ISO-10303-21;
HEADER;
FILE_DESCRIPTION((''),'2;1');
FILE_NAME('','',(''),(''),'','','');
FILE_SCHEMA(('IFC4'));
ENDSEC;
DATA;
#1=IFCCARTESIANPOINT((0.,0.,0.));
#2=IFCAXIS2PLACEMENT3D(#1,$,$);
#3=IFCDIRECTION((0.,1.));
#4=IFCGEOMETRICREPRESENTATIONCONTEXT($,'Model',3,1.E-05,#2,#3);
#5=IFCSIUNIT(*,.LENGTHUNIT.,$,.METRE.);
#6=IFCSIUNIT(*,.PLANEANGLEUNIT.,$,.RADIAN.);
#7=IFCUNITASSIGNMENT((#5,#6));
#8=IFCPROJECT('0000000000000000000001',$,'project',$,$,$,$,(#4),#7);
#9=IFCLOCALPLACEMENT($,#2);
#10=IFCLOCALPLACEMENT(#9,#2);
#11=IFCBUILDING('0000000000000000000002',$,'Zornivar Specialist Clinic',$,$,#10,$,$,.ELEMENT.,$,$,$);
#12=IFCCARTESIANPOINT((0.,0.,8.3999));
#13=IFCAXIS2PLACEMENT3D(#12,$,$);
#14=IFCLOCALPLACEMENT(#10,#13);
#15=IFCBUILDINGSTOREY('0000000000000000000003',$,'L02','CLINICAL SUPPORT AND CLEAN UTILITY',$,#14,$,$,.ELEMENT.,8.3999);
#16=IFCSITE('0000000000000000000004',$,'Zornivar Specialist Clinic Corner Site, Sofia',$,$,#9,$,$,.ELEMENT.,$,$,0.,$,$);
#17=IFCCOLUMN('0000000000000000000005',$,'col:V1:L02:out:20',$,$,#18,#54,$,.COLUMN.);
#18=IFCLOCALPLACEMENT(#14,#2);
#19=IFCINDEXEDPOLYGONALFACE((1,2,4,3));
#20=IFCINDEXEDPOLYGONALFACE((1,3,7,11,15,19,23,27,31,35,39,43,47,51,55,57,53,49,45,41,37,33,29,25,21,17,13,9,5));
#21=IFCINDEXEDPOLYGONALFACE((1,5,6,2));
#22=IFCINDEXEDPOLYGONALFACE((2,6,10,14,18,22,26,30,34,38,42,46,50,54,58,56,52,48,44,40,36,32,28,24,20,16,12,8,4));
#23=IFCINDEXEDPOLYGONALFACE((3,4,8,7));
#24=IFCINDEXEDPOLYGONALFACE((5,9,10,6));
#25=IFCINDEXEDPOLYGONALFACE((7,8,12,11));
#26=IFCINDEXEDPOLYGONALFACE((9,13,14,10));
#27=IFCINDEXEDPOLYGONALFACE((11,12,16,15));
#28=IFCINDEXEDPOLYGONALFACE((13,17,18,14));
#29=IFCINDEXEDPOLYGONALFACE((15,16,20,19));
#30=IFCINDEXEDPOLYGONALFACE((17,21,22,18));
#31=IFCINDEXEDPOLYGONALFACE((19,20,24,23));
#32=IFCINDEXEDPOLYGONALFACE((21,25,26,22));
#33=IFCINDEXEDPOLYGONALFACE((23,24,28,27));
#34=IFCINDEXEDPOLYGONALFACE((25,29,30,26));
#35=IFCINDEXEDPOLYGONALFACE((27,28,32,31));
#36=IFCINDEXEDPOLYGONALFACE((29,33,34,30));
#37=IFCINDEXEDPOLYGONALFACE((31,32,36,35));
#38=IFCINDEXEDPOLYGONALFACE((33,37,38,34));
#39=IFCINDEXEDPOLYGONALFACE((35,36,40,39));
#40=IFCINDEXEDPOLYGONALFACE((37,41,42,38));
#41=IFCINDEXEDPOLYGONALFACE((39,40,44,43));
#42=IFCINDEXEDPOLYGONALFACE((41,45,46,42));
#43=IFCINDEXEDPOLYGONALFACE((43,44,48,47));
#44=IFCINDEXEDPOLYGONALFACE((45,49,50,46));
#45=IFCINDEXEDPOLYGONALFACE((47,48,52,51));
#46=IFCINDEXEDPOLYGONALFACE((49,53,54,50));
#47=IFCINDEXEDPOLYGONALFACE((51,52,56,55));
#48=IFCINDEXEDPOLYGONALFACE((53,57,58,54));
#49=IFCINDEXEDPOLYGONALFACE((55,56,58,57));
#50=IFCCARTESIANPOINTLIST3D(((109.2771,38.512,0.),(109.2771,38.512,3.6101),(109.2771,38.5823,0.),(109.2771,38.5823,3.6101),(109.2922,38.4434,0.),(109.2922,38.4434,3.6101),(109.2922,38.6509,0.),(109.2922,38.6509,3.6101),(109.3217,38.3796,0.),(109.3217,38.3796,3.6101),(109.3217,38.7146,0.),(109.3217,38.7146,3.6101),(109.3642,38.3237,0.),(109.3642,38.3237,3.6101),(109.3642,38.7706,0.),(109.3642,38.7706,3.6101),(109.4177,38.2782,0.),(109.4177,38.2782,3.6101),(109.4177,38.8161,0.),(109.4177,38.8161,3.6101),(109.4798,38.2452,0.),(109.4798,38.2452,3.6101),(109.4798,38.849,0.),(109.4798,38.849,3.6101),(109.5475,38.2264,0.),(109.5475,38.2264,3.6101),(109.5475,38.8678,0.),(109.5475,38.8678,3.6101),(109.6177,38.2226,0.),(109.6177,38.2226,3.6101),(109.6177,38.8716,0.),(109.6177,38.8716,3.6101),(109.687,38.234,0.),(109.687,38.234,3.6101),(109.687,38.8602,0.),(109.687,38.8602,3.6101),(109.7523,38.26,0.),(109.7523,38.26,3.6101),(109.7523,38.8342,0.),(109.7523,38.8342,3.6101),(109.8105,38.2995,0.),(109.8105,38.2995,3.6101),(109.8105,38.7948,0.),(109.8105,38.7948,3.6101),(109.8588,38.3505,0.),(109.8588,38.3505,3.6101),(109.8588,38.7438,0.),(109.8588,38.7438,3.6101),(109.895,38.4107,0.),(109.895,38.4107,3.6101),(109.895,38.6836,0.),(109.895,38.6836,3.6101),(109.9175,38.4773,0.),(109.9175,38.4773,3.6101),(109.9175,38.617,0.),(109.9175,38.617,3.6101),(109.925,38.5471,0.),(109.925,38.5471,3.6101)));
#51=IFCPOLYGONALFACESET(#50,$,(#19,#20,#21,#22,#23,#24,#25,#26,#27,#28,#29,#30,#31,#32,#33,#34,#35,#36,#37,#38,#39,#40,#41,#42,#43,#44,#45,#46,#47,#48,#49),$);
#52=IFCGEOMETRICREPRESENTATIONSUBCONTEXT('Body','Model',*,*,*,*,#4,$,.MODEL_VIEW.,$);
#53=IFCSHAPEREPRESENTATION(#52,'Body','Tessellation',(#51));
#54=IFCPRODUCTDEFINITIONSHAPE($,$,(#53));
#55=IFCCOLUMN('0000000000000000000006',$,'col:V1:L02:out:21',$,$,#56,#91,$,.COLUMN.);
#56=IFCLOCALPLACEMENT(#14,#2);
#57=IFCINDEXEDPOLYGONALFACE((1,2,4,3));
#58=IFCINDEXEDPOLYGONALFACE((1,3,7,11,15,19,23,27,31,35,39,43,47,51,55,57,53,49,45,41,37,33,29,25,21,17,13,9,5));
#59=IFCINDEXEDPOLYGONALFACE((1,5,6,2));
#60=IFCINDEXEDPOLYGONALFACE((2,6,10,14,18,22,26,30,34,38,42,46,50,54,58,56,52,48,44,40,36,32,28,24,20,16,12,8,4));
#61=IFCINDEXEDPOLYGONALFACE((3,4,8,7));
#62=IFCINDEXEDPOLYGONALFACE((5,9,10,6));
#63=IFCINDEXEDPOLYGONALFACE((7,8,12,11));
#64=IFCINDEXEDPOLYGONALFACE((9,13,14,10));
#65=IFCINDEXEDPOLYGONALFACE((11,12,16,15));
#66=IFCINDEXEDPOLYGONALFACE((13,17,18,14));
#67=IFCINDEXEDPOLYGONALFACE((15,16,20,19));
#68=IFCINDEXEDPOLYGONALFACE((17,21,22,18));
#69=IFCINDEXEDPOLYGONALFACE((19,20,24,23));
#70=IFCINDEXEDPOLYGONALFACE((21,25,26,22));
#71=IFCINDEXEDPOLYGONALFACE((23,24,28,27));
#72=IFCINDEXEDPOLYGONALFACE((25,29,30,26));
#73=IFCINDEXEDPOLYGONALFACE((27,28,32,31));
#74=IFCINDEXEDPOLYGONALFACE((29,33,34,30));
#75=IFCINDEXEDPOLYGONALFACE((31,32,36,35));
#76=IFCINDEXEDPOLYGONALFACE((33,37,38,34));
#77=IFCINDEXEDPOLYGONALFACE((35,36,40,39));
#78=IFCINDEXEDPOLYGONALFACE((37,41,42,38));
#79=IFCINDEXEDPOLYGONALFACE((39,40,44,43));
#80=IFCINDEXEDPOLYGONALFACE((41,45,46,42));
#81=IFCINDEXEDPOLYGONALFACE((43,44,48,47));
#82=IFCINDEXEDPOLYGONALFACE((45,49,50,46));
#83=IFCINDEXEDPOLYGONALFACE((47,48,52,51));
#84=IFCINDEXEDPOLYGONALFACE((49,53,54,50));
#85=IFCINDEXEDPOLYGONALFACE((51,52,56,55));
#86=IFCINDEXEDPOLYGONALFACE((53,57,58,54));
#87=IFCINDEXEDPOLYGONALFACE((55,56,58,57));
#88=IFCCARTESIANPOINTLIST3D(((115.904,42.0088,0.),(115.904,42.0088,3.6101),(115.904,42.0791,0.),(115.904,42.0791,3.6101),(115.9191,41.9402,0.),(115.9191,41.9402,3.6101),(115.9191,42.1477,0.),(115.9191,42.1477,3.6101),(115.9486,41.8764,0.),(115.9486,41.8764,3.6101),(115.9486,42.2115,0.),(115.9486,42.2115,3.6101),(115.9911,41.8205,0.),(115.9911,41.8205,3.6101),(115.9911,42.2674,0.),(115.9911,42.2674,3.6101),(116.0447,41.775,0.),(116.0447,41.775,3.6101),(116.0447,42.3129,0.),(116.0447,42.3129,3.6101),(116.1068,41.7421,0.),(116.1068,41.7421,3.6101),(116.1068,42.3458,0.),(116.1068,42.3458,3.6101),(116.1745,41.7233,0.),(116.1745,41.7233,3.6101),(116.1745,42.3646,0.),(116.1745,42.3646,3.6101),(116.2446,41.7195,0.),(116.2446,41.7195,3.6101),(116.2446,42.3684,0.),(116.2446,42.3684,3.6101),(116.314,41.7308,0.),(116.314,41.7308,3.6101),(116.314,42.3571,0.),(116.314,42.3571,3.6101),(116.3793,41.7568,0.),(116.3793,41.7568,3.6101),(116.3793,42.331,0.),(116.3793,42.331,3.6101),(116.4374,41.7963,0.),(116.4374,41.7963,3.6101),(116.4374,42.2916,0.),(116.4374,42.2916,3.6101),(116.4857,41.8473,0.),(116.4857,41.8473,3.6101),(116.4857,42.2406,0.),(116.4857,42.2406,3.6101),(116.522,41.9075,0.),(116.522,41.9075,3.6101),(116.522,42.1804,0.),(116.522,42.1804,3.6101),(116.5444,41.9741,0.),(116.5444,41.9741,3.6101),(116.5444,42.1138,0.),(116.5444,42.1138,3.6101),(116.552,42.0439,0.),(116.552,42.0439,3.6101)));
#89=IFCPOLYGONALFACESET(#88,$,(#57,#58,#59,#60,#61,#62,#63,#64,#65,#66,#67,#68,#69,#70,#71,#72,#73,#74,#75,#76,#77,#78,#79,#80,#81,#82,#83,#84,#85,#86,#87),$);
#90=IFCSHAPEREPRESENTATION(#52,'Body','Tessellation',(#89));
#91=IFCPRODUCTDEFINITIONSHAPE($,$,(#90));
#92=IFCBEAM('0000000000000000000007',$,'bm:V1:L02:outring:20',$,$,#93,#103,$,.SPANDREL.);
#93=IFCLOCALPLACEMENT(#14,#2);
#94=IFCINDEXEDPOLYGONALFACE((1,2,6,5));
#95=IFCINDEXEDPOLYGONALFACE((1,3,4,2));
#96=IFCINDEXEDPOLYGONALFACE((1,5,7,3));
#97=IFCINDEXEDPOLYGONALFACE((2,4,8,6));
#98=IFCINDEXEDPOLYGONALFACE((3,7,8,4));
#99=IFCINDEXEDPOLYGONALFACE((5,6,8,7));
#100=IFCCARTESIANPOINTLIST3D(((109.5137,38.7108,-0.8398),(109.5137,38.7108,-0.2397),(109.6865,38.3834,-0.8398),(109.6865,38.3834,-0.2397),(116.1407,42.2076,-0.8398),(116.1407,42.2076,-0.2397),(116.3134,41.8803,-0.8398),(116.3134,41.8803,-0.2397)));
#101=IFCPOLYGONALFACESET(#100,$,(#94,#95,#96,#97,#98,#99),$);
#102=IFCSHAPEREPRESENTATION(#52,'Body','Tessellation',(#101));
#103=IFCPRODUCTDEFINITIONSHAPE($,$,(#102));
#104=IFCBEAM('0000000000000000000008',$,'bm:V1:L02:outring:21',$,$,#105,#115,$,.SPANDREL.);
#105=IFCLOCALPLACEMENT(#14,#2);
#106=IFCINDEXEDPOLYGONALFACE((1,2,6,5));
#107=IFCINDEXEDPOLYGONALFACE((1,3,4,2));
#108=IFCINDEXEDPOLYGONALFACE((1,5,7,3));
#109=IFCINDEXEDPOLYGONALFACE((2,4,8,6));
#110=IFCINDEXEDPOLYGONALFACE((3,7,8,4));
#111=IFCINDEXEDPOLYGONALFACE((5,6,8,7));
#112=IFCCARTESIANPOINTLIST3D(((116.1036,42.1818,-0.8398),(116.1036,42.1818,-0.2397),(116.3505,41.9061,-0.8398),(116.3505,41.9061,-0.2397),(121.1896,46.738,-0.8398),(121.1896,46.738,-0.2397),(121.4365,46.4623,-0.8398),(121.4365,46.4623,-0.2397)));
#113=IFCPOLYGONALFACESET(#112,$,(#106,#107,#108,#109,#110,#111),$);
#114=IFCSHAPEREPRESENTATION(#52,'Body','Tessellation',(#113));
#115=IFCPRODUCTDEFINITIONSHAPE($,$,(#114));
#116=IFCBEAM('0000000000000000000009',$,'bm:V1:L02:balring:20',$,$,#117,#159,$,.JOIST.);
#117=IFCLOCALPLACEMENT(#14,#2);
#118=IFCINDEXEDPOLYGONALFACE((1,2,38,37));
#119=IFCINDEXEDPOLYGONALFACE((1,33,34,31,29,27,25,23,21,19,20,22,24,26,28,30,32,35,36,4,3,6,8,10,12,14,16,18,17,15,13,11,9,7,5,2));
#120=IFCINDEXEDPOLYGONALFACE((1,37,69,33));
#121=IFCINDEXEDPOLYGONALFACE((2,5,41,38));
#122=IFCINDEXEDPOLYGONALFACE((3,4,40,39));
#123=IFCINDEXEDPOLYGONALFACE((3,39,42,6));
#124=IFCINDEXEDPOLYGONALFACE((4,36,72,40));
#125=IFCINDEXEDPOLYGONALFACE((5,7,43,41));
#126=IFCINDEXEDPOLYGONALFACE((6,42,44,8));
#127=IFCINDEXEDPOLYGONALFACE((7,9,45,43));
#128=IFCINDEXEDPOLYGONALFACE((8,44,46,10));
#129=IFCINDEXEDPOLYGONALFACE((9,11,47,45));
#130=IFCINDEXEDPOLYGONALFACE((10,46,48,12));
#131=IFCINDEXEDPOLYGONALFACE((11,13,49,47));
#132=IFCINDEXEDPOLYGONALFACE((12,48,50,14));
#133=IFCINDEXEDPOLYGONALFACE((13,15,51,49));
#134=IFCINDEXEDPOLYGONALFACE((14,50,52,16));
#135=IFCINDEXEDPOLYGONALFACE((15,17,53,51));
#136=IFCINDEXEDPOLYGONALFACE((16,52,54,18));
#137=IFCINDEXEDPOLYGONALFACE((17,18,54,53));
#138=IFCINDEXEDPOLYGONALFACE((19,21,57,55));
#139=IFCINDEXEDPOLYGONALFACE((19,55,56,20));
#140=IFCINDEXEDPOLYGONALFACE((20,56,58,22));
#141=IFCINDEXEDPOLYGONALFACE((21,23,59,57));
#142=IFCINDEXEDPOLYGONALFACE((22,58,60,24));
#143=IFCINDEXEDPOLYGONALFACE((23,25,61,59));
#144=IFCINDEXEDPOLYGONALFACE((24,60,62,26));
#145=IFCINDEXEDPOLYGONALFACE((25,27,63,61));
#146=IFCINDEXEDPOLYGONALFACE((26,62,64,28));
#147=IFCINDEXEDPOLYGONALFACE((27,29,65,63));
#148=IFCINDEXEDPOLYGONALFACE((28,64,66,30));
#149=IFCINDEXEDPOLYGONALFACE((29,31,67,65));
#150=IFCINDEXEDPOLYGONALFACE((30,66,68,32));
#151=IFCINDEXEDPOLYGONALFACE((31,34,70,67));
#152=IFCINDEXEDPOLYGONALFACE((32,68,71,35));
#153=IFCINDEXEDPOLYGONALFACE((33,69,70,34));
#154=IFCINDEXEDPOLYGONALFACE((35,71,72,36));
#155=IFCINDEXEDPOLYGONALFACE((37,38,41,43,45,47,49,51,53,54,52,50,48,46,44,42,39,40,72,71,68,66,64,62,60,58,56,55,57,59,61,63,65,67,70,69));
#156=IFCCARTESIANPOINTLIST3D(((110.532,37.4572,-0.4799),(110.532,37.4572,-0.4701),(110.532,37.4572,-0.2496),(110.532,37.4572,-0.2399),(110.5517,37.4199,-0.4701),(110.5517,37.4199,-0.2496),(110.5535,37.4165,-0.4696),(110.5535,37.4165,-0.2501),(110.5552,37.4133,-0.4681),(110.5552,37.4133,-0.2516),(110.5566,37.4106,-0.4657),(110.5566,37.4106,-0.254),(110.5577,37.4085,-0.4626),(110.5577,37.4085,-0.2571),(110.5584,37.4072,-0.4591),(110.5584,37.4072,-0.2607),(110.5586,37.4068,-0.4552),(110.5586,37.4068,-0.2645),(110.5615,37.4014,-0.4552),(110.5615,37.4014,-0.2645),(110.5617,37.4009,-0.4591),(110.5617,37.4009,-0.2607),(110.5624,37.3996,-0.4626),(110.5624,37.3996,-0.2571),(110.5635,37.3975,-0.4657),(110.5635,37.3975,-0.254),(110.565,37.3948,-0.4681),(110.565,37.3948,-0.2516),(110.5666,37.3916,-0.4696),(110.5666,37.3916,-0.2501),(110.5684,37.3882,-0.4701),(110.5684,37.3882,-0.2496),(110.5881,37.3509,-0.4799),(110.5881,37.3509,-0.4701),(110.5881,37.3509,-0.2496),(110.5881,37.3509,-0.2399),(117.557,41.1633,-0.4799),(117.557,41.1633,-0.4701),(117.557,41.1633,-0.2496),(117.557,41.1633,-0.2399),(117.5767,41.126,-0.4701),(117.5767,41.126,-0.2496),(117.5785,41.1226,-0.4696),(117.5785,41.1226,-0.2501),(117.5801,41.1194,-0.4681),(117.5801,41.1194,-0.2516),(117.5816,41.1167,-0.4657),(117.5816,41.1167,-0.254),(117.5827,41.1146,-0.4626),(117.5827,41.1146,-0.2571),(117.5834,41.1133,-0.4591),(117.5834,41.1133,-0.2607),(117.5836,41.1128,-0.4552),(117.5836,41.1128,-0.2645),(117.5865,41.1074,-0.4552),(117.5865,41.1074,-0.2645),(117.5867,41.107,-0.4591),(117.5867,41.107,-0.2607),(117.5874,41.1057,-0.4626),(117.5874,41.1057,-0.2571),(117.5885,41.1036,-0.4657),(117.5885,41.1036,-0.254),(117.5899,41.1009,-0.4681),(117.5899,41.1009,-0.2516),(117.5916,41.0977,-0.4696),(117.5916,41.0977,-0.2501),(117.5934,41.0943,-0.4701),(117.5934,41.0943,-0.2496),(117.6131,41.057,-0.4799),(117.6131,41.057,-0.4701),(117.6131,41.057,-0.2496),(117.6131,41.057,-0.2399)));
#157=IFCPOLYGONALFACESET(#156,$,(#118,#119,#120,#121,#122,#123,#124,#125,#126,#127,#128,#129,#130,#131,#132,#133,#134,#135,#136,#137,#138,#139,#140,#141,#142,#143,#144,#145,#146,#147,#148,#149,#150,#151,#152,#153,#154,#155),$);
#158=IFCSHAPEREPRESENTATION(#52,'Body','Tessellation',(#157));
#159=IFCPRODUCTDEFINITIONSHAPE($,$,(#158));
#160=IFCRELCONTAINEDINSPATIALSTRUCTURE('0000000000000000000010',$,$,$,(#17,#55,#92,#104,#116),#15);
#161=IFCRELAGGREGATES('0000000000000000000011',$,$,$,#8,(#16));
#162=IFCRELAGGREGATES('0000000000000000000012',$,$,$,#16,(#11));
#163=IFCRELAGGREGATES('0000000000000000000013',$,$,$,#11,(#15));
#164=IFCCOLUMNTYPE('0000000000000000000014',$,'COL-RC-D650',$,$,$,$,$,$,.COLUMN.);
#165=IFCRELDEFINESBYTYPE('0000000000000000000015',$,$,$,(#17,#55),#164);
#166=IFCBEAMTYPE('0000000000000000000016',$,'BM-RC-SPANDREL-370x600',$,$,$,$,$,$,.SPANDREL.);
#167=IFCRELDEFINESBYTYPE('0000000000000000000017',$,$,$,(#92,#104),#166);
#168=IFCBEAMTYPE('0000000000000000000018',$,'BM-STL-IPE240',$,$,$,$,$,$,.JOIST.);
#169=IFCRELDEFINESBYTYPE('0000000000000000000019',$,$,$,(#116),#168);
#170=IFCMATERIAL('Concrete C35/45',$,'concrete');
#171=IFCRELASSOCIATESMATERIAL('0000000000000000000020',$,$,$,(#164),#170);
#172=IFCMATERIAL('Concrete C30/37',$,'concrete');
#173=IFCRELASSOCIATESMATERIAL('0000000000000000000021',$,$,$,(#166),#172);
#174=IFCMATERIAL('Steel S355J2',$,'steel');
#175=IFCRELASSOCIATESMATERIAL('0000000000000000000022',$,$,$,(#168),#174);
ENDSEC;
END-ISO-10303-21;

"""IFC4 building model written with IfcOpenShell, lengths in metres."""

from ifc_helpers import new_model, si_unit, direction, frame, origin, origin_2d, place, context, subcontext, project, spatial, rectangle, circle, i_section, extrude, material, material_profile, profile_set, type_object, element, save


model = new_model("IFC4")

# Units and contexts
model_context = context("Model", 3, precision=1e-05, world=origin(), true_north=direction((0.0, 1.0)))
body_context = subcontext(model_context, "Body", "Model", "MODEL_VIEW")
ifc_project = project(units=[si_unit("LENGTHUNIT", "METRE"), si_unit("PLANEANGLEUNIT", "RADIAN")], contexts=[model_context])

# Site, building, storey
site_placement = place(None, origin())
site = spatial("IfcSite", under=ifc_project, at=site_placement, Name="Zornivar Specialist Clinic Corner Site, Sofia", CompositionType="ELEMENT", RefElevation=0.0)
building_placement = place(site_placement, origin())
building = spatial("IfcBuilding", under=site, at=building_placement, Name="Zornivar Specialist Clinic", CompositionType="ELEMENT")
storey_placement = place(building_placement, frame((0.0, 0.0, 8.3999)))
storey = spatial("IfcBuildingStorey", under=building, at=storey_placement, Name="L02", Description="CLINICAL SUPPORT AND CLEAN UTILITY", CompositionType="ELEMENT", Elevation=8.3999)

# Columns
ifc_material_1 = material(Name="Concrete C35/45", Category="concrete")
ifc_material_profile_1 = material_profile(ifc_material_1, circle(Radius=0.325, at=origin_2d()), Name="RC D650")
ifc_profile_set_1 = profile_set([ifc_material_profile_1], Name="Concrete C35/45")
column_type = type_object("IfcColumnType", Name="COL-RC-D650", PredefinedType="COLUMN", material=ifc_profile_set_1)
for number, where, z_axis, x_axis, name in (
    (1, (109.6001, 38.5471, 0.0), (0.0, 0.0, 1.0), (1.0, 0.0, 0.0), "col:V1:L02:out:20"),
    (2, (116.2271, 42.0439, 0.0), (0.0, 0.0, 1.0), (1.0, 0.0, 0.0), "col:V1:L02:out:21"),
):
    element("IfcColumn", number, at=place(storey_placement, frame(where, z_axis=z_axis, x_axis=x_axis)), inside=storey, type_object=column_type, Name=name, PredefinedType="COLUMN", context=body_context, shape_type="SweptSolid", body=[
        extrude(circle(Radius=0.325, at=origin_2d()), origin(), (0.0, 0.0, 1.0), 3.6101),
    ])

# Beams
ifc_material_2 = material(Name="Concrete C30/37", Category="concrete")
ifc_material_profile_2 = material_profile(ifc_material_2, rectangle(XDim=0.3701, YDim=0.6001, at=origin_2d()), Name="RC 370x600")
ifc_profile_set_2 = profile_set([ifc_material_profile_2], Name="Concrete C30/37")
beam_type_1 = type_object("IfcBeamType", Name="BM-RC-SPANDREL-370x600", PredefinedType="SPANDREL", material=ifc_profile_set_2)
beam_1_placement = place(storey_placement, frame((109.6001, 38.5471, -0.5398), z_axis=(0.884425, 0.466682, 0.0), x_axis=(-0.466682, 0.884425, 0.0)))
element("IfcBeam", 3, at=beam_1_placement, inside=storey, type_object=beam_type_1, Name="bm:V1:L02:outring:20", PredefinedType="SPANDREL", context=body_context, shape_type="SweptSolid", body=[
    extrude(rectangle(XDim=0.3701, YDim=0.6001, at=origin_2d()), origin(), (0.0, 0.0, 1.0), 7.4929),
])
beam_2_placement = place(storey_placement, frame((116.2271, 42.0439, -0.5398), z_axis=(0.744835, 0.667248, 0.0), x_axis=(-0.667248, 0.744835, 0.0)))
element("IfcBeam", 4, at=beam_2_placement, inside=storey, type_object=beam_type_1, Name="bm:V1:L02:outring:21", PredefinedType="SPANDREL", context=body_context, shape_type="SweptSolid", body=[
    extrude(rectangle(XDim=0.3701, YDim=0.6001, at=origin_2d()), origin(), (0.0, 0.0, 1.0), 6.8284),
])
ifc_material_3 = material(Name="Steel S355J2", Category="steel")
ifc_material_profile_3 = material_profile(ifc_material_3, i_section(OverallWidth=0.1201, OverallDepth=0.24, WebThickness=0.0061, FlangeThickness=0.0098, FilletRadius=0.0149, at=origin_2d()), Name="IPE 240")
ifc_profile_set_3 = profile_set([ifc_material_profile_3], Name="Steel S355J2")
beam_type_2 = type_object("IfcBeamType", Name="BM-STL-IPE240", PredefinedType="JOIST", material=ifc_profile_set_3)
beam_3_placement = place(storey_placement, frame((110.5601, 37.4041, -0.3599), z_axis=(0.884464, 0.466608, 0.0), x_axis=(-0.466608, 0.884464, 0.0)))
element("IfcBeam", 5, at=beam_3_placement, inside=storey, type_object=beam_type_2, Name="bm:V1:L02:balring:20", PredefinedType="JOIST", context=body_context, shape_type="SweptSolid", body=[
    extrude(i_section(OverallWidth=0.1201, OverallDepth=0.24, WebThickness=0.0061, FlangeThickness=0.0098, FilletRadius=0.0149, at=origin_2d()), origin(), (0.0, 0.0, 1.0), 7.9426),
])

save(model, "model.ifc")
